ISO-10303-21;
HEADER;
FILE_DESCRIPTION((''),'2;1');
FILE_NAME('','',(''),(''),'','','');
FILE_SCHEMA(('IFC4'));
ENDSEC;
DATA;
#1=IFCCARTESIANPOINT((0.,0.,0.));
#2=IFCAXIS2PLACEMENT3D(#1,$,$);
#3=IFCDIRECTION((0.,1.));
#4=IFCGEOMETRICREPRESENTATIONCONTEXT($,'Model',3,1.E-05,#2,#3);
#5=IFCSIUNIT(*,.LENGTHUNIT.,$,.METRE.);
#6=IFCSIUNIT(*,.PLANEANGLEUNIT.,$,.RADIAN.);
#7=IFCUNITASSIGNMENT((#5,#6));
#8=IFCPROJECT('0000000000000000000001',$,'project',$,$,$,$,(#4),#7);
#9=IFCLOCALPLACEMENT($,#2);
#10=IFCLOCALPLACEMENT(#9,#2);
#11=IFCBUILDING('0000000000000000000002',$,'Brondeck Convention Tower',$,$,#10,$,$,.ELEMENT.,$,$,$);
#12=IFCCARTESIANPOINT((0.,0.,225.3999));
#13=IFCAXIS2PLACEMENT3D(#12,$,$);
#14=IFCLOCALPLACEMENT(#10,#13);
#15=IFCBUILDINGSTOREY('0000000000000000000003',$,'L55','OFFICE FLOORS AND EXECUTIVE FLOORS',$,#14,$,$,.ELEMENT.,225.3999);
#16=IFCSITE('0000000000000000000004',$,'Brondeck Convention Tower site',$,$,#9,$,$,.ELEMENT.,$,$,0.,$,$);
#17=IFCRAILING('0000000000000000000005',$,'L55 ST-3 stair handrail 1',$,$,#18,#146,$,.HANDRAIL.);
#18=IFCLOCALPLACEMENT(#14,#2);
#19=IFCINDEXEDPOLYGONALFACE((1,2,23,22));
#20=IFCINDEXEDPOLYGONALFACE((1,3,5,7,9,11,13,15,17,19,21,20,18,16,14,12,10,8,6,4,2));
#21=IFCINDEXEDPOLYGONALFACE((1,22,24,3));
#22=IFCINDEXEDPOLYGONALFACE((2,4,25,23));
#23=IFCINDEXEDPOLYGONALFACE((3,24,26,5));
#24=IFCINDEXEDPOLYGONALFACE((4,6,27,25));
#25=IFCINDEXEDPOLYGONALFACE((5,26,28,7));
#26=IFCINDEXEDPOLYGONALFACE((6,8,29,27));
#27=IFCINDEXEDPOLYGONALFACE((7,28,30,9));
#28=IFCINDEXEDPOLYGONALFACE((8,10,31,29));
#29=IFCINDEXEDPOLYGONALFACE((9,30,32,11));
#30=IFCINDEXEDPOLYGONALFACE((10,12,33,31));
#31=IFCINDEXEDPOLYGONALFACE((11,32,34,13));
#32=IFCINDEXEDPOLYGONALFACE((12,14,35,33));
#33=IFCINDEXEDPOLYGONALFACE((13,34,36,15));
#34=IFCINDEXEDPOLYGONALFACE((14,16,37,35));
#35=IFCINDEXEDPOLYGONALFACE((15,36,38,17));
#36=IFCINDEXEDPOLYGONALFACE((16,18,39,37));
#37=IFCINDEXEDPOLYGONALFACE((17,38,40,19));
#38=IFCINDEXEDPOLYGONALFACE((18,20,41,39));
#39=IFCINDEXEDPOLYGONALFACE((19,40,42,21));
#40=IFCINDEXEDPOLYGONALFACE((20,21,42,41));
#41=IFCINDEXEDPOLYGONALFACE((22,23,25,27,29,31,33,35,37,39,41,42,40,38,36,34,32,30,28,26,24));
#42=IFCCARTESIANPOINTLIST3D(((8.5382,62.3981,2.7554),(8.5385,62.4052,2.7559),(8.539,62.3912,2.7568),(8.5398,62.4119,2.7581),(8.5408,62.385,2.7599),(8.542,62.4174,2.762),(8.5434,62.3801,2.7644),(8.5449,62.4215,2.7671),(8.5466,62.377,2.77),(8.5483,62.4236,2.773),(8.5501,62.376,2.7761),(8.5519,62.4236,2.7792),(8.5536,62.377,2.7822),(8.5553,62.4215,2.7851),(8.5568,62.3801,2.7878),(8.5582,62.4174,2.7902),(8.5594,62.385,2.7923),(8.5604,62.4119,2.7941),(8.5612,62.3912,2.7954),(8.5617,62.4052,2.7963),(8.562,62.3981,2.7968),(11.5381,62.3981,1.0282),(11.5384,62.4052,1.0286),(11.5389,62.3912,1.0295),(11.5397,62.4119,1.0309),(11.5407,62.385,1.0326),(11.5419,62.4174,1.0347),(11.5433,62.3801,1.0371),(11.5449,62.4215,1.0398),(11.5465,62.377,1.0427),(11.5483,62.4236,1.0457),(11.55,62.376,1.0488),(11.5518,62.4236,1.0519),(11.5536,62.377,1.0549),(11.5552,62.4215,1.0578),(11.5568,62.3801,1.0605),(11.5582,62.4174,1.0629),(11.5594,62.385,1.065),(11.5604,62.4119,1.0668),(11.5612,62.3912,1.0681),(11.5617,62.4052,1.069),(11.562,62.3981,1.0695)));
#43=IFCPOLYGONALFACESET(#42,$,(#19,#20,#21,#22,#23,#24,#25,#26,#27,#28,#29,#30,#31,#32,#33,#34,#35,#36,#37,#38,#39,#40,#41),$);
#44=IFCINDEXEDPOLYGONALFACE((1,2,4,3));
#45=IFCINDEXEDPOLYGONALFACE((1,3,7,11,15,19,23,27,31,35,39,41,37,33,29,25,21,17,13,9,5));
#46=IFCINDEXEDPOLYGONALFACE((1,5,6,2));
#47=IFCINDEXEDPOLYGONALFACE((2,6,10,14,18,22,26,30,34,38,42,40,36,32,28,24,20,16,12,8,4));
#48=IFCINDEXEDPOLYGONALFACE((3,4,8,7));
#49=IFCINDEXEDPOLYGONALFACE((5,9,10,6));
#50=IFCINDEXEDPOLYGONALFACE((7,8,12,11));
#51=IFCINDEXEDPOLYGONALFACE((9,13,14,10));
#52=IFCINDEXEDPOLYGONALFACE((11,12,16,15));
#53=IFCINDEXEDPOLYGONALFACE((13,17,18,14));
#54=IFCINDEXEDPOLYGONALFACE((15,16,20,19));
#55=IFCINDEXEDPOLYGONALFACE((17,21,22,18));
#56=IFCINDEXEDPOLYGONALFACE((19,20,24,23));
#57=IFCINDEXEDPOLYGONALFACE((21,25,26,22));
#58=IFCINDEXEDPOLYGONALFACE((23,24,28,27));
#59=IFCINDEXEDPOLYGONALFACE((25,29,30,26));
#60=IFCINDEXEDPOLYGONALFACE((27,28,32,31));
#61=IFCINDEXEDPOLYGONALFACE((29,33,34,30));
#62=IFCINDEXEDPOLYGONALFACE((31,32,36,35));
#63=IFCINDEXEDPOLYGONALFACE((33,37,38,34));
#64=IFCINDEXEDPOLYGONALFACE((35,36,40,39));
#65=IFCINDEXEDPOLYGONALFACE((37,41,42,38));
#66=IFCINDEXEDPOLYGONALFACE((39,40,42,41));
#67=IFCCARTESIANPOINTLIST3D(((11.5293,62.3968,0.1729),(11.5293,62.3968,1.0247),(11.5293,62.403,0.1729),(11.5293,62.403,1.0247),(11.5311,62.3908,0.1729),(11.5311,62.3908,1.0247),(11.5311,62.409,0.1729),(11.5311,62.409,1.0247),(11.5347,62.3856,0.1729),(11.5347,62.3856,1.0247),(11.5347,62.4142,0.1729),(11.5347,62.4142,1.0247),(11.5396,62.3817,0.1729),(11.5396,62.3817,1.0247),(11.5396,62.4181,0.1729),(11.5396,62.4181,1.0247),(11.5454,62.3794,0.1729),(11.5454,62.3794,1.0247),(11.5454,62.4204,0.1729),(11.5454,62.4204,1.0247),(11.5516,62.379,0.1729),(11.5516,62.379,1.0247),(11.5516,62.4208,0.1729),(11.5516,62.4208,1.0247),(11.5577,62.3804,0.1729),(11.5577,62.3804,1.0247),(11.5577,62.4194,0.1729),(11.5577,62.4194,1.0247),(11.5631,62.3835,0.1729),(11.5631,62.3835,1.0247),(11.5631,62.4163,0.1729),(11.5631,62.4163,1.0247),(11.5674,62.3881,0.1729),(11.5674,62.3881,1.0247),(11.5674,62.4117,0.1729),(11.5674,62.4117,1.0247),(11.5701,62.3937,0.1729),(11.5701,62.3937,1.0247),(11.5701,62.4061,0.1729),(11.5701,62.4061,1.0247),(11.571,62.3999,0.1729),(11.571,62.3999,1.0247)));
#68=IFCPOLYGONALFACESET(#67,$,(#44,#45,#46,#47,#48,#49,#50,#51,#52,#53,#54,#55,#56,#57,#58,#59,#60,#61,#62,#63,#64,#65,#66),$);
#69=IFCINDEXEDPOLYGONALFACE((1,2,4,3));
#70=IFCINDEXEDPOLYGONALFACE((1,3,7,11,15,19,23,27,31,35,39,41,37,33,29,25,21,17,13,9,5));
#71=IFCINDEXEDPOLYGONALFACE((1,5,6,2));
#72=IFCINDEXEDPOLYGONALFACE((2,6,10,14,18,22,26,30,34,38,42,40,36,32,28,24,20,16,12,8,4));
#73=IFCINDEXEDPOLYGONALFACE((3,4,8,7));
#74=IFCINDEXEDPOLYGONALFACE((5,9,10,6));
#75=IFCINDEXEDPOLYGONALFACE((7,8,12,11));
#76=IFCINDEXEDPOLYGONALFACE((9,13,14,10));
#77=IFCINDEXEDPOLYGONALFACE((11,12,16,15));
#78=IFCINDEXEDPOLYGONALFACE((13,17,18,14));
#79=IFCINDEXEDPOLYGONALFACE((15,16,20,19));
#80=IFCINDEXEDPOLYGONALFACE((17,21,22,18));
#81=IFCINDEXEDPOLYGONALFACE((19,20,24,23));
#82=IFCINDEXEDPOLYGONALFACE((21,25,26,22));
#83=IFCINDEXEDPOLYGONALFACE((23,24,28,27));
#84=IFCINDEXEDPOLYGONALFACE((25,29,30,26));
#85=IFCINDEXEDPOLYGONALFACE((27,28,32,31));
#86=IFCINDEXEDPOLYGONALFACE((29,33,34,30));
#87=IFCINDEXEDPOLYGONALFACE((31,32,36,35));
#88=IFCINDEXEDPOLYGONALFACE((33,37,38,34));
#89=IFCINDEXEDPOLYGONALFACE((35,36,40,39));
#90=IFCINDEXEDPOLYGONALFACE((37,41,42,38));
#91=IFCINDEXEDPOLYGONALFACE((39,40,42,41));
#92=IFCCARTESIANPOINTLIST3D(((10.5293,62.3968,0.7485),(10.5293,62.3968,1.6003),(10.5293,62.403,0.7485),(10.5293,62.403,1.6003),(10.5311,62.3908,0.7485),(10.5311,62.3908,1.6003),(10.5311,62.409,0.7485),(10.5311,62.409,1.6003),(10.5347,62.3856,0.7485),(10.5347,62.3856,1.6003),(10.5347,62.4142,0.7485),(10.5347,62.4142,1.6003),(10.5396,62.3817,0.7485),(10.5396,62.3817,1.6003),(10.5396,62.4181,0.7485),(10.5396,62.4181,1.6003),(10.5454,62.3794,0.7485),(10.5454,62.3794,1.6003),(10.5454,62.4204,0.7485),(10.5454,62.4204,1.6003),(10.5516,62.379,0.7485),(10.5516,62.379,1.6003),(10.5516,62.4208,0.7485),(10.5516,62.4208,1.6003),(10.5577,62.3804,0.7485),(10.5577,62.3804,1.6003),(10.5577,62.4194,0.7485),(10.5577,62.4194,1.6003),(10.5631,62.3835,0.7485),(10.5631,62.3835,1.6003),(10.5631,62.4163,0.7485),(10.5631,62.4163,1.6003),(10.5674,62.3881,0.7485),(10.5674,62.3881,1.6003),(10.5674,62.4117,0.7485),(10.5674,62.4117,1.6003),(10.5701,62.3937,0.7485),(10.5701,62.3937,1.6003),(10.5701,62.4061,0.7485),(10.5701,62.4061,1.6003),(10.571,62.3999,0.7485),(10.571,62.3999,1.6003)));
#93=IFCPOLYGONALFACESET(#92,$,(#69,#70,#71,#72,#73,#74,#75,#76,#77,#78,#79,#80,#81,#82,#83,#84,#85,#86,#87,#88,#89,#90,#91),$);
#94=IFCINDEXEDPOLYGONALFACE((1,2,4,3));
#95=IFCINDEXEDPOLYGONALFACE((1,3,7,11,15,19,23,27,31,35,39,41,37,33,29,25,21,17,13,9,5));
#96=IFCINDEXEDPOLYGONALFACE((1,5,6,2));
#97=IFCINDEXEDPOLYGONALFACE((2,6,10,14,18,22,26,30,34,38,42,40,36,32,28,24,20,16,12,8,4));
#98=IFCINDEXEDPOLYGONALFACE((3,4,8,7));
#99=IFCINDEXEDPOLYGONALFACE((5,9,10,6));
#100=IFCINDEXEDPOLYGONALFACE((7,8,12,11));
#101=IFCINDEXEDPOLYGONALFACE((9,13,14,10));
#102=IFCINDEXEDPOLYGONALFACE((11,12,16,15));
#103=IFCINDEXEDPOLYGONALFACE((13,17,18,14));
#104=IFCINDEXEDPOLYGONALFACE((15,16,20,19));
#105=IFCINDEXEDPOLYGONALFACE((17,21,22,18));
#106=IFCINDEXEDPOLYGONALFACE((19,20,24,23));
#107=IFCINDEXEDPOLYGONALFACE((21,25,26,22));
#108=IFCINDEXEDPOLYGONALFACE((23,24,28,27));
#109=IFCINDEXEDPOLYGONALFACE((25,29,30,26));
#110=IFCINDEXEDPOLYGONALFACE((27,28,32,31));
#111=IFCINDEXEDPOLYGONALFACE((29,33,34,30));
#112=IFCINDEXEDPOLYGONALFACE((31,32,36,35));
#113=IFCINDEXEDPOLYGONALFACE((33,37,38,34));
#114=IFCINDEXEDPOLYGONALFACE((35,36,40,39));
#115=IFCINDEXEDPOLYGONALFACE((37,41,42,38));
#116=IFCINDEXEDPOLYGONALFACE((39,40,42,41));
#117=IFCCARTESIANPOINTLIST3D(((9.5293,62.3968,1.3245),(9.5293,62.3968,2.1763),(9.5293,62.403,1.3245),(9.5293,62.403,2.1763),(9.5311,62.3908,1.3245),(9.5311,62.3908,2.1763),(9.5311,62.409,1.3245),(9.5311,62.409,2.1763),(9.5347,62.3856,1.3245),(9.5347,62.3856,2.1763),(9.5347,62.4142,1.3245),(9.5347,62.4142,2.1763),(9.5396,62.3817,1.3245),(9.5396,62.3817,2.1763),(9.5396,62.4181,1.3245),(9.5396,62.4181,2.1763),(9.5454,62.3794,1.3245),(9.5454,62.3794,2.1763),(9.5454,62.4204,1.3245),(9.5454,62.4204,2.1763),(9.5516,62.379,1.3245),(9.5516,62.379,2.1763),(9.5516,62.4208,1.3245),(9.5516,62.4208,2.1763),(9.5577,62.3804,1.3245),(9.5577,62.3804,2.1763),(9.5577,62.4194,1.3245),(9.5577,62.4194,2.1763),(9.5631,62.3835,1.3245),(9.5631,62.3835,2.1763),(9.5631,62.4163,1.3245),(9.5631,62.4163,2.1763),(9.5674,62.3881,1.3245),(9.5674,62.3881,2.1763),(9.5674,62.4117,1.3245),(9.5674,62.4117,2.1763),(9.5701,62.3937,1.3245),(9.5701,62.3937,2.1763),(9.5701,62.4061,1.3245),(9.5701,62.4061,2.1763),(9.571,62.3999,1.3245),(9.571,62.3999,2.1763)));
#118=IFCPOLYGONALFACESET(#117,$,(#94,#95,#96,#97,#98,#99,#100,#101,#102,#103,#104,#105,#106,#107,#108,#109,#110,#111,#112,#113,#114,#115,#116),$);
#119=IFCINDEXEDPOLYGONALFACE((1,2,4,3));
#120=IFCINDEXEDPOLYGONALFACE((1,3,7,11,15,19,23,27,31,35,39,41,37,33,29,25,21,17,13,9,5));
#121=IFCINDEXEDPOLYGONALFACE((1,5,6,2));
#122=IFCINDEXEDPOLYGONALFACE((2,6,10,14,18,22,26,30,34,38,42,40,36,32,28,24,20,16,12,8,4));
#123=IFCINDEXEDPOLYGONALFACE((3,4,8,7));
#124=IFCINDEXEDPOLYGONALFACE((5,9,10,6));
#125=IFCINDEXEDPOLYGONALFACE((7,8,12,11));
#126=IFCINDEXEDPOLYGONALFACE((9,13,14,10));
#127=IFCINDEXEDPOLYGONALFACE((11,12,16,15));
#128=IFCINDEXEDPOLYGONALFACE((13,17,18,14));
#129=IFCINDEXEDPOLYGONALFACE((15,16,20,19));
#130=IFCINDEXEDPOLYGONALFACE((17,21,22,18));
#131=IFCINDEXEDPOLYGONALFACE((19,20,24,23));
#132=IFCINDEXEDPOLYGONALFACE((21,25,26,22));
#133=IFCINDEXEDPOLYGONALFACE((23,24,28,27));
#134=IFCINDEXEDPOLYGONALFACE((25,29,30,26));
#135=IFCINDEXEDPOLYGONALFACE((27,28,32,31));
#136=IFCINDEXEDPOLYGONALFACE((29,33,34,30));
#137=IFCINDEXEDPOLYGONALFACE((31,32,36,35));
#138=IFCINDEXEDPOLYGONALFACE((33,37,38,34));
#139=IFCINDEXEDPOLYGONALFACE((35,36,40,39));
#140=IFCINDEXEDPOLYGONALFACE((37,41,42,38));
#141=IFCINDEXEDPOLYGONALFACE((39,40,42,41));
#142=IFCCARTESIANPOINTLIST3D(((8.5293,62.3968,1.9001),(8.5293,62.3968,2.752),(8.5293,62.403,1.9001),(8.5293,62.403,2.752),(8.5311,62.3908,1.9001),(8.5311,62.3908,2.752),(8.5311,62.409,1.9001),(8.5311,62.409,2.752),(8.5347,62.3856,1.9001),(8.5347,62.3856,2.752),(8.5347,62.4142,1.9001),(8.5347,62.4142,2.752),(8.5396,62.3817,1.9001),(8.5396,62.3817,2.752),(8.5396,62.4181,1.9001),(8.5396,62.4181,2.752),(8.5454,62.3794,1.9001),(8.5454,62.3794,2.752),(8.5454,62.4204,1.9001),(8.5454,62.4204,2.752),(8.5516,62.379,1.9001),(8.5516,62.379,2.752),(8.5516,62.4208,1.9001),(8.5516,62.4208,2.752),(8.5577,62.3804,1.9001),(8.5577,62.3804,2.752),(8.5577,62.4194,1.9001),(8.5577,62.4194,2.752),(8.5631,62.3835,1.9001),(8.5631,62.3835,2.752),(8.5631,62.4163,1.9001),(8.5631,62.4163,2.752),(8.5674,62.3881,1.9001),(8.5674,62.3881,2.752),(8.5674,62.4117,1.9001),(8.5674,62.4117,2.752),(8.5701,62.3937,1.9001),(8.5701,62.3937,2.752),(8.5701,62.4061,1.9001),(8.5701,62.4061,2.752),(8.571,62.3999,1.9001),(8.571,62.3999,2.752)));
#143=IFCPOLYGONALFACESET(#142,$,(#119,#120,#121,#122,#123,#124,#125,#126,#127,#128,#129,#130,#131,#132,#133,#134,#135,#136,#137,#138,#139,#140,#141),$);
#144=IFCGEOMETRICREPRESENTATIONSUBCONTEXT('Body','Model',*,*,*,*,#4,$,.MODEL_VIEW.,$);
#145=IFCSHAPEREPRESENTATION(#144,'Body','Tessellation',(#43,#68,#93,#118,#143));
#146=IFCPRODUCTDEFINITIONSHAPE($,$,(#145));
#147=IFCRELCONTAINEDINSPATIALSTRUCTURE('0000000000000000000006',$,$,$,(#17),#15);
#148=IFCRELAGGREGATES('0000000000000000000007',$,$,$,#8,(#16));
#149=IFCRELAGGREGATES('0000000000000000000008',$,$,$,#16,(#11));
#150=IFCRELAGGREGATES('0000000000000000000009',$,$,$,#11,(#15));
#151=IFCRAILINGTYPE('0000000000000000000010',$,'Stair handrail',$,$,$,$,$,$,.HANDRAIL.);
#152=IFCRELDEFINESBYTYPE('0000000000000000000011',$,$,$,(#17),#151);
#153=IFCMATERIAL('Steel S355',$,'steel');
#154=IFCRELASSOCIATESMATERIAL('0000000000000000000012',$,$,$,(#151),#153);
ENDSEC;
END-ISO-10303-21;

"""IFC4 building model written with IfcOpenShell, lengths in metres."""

from ifc_helpers import new_model, si_unit, direction, frame, origin, origin_2d, place, context, subcontext, project, spatial, circle, extrude, material, type_object, element, save


model = new_model("IFC4")

# Units and contexts
model_context = context("Model", 3, precision=1e-05, world=origin(), true_north=direction((0.0, 1.0)))
body_context = subcontext(model_context, "Body", "Model", "MODEL_VIEW")
ifc_project = project(units=[si_unit("LENGTHUNIT", "METRE"), si_unit("PLANEANGLEUNIT", "RADIAN")], contexts=[model_context])

# Site, building, storey
site_placement = place(None, origin())
site = spatial("IfcSite", under=ifc_project, at=site_placement, Name="Brondeck Convention Tower site", CompositionType="ELEMENT", RefElevation=0.0)
building_placement = place(site_placement, origin())
building = spatial("IfcBuilding", under=site, at=building_placement, Name="Brondeck Convention Tower", CompositionType="ELEMENT")
storey_placement = place(building_placement, frame((0.0, 0.0, 225.3999)))
storey = spatial("IfcBuildingStorey", under=building, at=storey_placement, Name="L55", Description="OFFICE FLOORS AND EXECUTIVE FLOORS", CompositionType="ELEMENT", Elevation=225.3999)

# Railing
ifc_material_1 = material(Name="Steel S355", Category="steel")
railing_type_1 = type_object("IfcRailingType", Name="Stair handrail", PredefinedType="HANDRAIL", material=ifc_material_1)
railing_1_placement = place(storey_placement, frame((11.55, 62.3999, 0.1729)))
element("IfcRailing", 1, at=railing_1_placement, inside=storey, type_object=railing_type_1, Name="L55 ST-3 stair handrail 1", PredefinedType="HANDRAIL", context=body_context, shape_type="SweptSolid", body=[
    extrude(circle(Radius=0.0239, at=origin_2d()), frame((0.0, 0.0, 0.876), z_axis=(-0.86662, 0.0, 0.498969), x_axis=(0.0, -1.0, 0.0)), (0.0, 0.0, 1.0), 3.4617),
    extrude(circle(Radius=0.021, at=origin_2d()), origin(), (0.0, 0.0, 1.0), 0.8518),
    extrude(circle(Radius=0.021, at=origin_2d()), frame((-1.0, 0.0, 0.5757)), (0.0, 0.0, 1.0), 0.8518),
    extrude(circle(Radius=0.021, at=origin_2d()), frame((-2.0, 0.0, 1.1516)), (0.0, 0.0, 1.0), 0.8518),
    extrude(circle(Radius=0.021, at=origin_2d()), frame((-3.0, 0.0, 1.7273)), (0.0, 0.0, 1.0), 0.8518),
])

save(model, "model.ifc")
